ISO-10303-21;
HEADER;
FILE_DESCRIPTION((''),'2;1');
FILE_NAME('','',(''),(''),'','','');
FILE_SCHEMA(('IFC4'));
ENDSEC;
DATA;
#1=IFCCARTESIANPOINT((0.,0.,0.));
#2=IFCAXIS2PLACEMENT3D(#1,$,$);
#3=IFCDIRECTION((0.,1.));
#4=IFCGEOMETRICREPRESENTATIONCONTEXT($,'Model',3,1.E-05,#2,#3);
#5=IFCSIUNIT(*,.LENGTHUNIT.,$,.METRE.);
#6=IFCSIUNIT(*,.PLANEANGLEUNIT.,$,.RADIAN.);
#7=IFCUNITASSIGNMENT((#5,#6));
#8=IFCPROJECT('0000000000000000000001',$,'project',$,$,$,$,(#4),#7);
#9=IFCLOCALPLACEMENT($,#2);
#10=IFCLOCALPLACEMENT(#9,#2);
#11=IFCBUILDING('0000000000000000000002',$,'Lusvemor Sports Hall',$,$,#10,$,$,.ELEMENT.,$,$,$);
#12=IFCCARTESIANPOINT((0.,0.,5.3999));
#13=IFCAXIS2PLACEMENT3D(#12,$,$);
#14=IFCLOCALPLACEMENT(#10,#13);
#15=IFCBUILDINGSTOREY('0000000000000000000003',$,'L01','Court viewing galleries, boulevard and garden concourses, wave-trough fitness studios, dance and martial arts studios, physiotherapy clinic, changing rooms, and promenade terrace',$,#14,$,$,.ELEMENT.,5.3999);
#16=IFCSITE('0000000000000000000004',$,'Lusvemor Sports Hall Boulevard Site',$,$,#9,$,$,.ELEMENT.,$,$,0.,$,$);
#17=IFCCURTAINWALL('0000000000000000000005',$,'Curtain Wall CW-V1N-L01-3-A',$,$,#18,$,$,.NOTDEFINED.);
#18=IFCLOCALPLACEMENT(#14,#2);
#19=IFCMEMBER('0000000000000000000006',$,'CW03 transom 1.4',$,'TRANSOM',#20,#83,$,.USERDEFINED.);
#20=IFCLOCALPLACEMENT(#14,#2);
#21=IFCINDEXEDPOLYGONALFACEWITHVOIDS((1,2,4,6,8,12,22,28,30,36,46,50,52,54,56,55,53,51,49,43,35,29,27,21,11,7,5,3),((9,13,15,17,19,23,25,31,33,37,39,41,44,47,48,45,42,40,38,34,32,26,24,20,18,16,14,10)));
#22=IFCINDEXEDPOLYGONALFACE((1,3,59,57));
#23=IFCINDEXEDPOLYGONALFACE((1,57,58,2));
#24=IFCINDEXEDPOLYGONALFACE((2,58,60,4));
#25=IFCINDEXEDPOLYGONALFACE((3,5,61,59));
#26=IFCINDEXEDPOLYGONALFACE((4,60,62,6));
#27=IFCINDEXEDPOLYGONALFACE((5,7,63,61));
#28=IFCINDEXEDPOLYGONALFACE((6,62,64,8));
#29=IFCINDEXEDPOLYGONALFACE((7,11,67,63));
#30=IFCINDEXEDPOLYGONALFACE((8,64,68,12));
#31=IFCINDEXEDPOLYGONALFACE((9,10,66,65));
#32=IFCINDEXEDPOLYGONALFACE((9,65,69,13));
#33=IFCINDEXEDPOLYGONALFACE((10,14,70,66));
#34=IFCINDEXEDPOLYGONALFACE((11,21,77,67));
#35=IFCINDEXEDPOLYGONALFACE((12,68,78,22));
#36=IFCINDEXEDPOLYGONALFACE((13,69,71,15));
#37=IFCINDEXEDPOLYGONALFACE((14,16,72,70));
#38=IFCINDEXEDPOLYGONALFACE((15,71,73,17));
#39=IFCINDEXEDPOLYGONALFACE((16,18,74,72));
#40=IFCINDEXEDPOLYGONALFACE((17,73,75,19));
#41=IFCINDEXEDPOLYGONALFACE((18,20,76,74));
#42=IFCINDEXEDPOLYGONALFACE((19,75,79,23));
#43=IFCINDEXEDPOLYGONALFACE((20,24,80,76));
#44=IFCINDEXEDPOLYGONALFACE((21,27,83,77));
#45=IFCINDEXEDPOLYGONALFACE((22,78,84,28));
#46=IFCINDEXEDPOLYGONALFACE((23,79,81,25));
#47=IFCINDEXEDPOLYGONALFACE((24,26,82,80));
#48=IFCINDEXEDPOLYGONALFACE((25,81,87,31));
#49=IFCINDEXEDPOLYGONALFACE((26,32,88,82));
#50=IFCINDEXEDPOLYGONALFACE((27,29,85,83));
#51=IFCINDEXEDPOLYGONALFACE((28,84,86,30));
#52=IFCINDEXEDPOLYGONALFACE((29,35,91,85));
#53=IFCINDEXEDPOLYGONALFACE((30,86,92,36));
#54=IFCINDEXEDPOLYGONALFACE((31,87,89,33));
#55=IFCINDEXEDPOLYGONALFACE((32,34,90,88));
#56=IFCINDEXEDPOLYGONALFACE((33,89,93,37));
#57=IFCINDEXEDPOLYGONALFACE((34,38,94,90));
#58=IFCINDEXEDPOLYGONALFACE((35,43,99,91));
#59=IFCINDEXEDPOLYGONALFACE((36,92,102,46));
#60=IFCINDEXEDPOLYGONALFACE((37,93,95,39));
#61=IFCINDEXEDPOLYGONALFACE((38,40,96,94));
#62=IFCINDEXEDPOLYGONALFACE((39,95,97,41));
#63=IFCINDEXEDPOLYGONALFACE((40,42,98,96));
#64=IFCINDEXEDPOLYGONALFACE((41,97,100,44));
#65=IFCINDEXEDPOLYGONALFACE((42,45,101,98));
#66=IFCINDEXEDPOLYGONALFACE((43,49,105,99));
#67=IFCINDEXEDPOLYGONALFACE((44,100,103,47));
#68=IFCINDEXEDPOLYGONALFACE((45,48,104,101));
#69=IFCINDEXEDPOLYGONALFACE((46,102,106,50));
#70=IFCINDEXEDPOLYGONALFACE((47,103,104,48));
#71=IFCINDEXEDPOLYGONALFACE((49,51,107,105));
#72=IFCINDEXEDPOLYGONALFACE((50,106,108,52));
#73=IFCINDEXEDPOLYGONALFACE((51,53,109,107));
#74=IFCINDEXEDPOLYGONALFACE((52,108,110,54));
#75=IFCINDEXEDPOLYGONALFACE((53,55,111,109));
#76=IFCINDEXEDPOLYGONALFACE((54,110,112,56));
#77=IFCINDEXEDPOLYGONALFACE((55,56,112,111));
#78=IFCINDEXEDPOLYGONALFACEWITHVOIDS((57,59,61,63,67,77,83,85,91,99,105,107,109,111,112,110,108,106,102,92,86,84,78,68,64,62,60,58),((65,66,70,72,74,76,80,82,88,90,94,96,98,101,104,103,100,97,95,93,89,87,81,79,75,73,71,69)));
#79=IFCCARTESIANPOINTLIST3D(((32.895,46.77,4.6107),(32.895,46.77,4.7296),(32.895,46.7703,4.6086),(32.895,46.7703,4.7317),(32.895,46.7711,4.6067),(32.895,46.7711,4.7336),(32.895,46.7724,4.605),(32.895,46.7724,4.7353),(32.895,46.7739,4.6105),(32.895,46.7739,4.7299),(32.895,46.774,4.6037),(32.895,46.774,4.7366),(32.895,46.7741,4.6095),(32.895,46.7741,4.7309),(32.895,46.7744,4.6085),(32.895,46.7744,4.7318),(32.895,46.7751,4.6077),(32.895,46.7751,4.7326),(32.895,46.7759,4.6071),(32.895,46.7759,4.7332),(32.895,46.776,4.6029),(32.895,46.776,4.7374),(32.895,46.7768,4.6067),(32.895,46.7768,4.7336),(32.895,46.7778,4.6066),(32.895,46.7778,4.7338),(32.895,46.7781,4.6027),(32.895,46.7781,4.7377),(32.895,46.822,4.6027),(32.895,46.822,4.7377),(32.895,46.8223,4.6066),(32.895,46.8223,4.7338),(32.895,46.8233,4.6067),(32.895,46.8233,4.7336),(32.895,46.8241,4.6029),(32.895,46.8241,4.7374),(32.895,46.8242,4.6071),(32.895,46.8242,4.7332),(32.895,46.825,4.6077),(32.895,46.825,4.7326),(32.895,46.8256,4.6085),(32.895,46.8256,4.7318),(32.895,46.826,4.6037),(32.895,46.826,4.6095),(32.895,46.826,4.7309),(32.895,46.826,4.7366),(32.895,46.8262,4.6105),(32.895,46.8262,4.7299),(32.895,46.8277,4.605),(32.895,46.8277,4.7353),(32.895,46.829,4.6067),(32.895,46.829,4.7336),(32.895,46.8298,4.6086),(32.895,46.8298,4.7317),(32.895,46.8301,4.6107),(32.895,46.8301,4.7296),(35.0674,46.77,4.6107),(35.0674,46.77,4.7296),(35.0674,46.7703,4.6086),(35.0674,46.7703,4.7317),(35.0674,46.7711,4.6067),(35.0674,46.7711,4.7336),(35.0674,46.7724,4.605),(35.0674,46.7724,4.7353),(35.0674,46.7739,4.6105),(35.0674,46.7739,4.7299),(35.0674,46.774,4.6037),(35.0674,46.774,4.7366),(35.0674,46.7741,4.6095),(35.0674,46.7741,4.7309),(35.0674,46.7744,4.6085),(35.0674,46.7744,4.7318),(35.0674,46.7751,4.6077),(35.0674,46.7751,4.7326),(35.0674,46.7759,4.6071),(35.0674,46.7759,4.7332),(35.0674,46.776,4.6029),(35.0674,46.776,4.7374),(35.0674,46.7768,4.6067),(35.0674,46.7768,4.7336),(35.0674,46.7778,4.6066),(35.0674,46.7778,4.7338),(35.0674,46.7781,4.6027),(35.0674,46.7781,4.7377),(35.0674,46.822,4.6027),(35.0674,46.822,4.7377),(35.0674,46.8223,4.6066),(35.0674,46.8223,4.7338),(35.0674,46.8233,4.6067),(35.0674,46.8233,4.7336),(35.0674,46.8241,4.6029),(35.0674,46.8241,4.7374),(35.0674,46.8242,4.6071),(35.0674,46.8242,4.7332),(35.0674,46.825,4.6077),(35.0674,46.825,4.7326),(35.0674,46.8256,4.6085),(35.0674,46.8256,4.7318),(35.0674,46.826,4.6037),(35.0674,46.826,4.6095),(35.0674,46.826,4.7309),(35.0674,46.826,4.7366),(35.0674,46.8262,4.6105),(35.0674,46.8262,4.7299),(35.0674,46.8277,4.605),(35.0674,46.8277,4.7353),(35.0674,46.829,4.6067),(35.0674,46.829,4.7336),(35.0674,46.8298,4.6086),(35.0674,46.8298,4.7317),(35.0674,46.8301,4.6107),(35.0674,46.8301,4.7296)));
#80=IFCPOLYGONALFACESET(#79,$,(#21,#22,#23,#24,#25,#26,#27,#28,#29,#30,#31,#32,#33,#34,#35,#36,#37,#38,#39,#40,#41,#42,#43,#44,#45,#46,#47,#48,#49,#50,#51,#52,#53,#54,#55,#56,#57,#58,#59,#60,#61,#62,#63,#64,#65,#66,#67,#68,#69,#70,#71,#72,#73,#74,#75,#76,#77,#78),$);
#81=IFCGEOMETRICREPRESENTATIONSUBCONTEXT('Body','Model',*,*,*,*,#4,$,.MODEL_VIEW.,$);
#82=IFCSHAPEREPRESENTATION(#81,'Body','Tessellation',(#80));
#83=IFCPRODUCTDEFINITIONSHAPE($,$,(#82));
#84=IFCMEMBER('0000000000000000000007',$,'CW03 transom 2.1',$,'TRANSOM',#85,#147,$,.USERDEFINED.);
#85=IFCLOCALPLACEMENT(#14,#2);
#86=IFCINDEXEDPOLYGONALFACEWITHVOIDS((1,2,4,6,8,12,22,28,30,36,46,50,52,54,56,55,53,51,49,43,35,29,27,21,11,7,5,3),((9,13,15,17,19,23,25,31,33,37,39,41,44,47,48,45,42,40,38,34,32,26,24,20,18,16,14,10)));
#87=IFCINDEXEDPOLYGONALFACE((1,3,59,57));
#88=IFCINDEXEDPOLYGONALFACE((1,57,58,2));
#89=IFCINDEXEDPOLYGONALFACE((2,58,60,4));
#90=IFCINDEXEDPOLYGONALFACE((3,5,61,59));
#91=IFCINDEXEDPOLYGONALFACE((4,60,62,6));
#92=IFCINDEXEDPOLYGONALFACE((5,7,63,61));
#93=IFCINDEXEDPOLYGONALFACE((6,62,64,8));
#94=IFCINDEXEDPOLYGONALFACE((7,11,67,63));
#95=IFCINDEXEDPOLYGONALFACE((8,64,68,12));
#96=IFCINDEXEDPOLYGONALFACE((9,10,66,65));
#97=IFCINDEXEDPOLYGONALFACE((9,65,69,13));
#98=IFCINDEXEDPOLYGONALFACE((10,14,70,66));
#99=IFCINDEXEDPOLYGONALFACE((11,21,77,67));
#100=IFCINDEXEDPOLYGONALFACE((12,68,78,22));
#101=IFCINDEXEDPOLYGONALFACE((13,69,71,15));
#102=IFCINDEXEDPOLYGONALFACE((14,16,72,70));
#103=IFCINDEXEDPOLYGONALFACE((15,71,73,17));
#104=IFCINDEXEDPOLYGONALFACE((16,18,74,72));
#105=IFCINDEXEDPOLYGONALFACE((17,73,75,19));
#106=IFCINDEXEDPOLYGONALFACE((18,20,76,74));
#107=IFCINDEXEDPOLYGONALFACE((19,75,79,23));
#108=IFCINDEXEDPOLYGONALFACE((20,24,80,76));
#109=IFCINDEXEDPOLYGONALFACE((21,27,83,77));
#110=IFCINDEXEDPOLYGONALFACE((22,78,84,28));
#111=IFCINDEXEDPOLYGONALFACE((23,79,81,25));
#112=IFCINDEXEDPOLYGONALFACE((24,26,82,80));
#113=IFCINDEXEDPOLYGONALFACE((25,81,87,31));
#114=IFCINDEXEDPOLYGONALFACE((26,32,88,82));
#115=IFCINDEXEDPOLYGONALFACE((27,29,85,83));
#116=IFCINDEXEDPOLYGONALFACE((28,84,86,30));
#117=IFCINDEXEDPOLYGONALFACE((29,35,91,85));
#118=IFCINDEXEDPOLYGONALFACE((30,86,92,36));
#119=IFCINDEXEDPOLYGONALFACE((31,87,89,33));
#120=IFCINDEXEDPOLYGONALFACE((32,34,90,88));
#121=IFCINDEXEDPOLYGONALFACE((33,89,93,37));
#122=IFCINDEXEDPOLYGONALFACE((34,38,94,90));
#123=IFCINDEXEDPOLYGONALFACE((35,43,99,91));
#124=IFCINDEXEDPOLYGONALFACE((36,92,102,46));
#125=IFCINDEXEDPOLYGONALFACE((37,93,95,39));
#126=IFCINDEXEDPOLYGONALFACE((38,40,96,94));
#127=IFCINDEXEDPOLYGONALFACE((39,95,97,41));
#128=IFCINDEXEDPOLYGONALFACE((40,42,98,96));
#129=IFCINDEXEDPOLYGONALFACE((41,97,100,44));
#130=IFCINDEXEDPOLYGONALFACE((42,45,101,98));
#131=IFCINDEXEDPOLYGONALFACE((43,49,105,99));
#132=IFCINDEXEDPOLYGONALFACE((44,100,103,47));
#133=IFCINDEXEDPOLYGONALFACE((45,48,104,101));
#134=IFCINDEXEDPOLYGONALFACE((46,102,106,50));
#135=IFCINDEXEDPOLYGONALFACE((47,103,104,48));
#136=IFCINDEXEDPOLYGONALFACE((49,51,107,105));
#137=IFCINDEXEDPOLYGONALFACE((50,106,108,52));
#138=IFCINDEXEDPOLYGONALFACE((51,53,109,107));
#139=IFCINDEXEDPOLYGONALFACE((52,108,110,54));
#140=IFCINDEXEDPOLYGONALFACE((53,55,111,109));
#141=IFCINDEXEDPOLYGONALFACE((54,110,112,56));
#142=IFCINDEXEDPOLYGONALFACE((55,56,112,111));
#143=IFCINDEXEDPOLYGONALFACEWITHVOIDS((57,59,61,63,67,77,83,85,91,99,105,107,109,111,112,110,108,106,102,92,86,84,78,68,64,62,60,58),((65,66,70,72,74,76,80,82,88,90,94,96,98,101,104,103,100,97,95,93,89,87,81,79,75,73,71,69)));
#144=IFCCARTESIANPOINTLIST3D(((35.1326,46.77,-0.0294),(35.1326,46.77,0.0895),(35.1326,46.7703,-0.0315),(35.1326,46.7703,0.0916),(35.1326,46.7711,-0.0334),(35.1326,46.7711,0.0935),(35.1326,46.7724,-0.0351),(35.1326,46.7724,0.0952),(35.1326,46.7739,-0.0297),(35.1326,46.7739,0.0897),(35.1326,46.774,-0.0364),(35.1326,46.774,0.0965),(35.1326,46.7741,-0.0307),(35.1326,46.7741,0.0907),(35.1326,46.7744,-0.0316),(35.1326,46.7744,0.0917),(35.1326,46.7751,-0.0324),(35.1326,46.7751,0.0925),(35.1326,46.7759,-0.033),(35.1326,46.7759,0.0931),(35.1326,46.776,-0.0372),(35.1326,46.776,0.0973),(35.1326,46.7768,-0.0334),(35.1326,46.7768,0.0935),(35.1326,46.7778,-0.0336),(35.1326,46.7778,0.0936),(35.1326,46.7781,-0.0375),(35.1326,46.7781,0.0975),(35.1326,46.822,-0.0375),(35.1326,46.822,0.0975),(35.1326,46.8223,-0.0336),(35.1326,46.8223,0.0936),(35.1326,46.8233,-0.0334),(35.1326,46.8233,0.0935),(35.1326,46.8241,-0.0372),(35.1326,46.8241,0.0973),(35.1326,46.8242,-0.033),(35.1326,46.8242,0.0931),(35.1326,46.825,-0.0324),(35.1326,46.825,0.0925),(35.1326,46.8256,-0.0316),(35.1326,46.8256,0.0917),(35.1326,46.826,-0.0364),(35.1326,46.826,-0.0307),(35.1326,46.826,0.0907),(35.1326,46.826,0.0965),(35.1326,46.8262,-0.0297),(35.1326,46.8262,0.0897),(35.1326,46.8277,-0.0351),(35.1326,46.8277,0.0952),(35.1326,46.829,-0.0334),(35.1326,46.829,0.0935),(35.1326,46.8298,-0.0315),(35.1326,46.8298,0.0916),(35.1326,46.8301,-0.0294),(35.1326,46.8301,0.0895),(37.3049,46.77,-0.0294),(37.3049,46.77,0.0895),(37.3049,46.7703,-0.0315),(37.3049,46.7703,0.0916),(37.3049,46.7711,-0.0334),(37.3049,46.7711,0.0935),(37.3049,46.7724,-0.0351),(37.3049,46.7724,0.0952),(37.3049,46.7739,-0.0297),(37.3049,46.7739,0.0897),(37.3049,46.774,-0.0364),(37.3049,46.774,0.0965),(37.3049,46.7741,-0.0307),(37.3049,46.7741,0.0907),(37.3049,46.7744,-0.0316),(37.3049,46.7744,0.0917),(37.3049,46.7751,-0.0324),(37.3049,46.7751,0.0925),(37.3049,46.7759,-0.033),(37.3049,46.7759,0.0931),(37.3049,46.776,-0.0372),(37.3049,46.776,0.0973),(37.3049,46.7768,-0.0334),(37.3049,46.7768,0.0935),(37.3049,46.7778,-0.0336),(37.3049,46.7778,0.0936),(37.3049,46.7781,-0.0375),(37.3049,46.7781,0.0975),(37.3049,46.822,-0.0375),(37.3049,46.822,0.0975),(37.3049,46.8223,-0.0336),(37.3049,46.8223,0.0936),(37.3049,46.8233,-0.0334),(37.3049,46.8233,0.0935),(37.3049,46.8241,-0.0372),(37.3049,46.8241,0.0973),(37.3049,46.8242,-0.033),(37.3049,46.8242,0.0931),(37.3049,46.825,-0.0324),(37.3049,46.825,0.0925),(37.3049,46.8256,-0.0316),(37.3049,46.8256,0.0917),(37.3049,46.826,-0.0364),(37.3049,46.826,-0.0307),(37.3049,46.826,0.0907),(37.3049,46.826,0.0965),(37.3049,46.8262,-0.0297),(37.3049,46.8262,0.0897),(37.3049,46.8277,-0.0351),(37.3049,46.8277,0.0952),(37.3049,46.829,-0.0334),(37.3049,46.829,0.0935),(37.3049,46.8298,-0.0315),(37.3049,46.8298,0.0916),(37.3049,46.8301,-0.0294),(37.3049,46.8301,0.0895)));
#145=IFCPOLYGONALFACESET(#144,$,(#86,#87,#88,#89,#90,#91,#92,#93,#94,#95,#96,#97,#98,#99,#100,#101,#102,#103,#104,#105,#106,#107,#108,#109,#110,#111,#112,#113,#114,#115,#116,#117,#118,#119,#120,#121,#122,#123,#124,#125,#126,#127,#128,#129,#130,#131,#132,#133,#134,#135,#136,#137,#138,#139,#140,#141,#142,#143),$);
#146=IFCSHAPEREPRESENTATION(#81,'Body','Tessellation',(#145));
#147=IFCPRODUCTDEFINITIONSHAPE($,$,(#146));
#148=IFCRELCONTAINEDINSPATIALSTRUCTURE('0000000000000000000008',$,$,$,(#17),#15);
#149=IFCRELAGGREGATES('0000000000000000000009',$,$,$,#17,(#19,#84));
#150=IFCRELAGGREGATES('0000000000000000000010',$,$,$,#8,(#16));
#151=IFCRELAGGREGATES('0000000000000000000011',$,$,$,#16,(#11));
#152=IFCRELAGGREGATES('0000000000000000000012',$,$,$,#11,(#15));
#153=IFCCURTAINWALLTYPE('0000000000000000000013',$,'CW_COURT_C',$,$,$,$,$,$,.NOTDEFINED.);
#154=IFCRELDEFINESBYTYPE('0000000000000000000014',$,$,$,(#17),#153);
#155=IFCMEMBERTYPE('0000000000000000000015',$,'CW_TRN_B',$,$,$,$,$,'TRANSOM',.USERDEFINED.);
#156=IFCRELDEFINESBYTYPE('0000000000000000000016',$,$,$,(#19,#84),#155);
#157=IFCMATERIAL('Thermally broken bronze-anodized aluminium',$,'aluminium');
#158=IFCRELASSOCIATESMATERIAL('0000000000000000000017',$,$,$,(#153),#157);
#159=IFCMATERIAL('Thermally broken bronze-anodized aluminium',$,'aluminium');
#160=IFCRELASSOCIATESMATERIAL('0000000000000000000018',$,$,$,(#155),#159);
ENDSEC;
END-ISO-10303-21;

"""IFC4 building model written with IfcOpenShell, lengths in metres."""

from ifc_helpers import new_model, si_unit, direction, frame, origin, origin_2d, place, context, subcontext, project, spatial, hollow_rectangle, extrude, material, material_profile, profile_set, type_object, element, aggregate, save


model = new_model("IFC4")

# Units and contexts
model_context = context("Model", 3, precision=1e-05, world=origin(), true_north=direction((0.0, 1.0)))
body_context = subcontext(model_context, "Body", "Model", "MODEL_VIEW")
ifc_project = project(units=[si_unit("LENGTHUNIT", "METRE"), si_unit("PLANEANGLEUNIT", "RADIAN")], contexts=[model_context])

# Site, building, storey
site_placement = place(None, origin())
site = spatial("IfcSite", under=ifc_project, at=site_placement, Name="Lusvemor Sports Hall Boulevard Site", CompositionType="ELEMENT", RefElevation=0.0)
building_placement = place(site_placement, origin())
building = spatial("IfcBuilding", under=site, at=building_placement, Name="Lusvemor Sports Hall", CompositionType="ELEMENT")
storey_placement = place(building_placement, frame((0.0, 0.0, 5.3999)))
storey = spatial("IfcBuildingStorey", under=building, at=storey_placement, Name="L01", Description="Court viewing galleries, boulevard and garden concourses, wave-trough fitness studios, dance and martial arts studios, physiotherapy clinic, changing rooms, and promenade terrace", CompositionType="ELEMENT", Elevation=5.3999)

# Shared definitions
ifc_material_1 = material(Name="Thermally broken bronze-anodized aluminium", Category="aluminium")
curtain_wall_type = type_object("IfcCurtainWallType", Name="CW_COURT_C", PredefinedType="NOTDEFINED", material=ifc_material_1)

# Curtain wall
curtain_wall_1_placement = place(storey_placement, origin())
curtain_wall_1 = element("IfcCurtainWall", 1, at=curtain_wall_1_placement, inside=storey, type_object=curtain_wall_type, Name="Curtain Wall CW-V1N-L01-3-A", PredefinedType="NOTDEFINED")

# Members
ifc_material_2 = material(Name="Thermally broken bronze-anodized aluminium", Category="aluminium")
ifc_material_profile_1 = material_profile(ifc_material_2, hollow_rectangle(XDim=0.0601, YDim=0.135, WallThickness=0.0039, InnerFilletRadius=0.0039, OuterFilletRadius=0.0081, at=origin_2d()), Name="CWTRN135x60x4")
ifc_profile_set_1 = profile_set([ifc_material_profile_1], Name="Thermally broken bronze-anodized aluminium")
member_type_1 = type_object("IfcMemberType", Name="CW_TRN_B", ElementType="TRANSOM", PredefinedType="USERDEFINED", material=ifc_profile_set_1)
member_1_placement = place(storey_placement, frame((32.895, 46.8, 4.6702), z_axis=(1.0, 0.0, 0.0), x_axis=(0.0, 1.0, 0.0)))
member_1 = element("IfcMember", 2, at=member_1_placement, type_object=member_type_1, Name="CW03 transom 1.4", ObjectType="TRANSOM", PredefinedType="USERDEFINED", context=body_context, shape_type="SweptSolid", body=[
    extrude(hollow_rectangle(XDim=0.0601, YDim=0.135, WallThickness=0.0039, InnerFilletRadius=0.0039, OuterFilletRadius=0.0081, at=origin_2d()), origin(), (0.0, 0.0, 1.0), 2.1724),
])
member_2_placement = place(storey_placement, frame((35.1326, 46.8, 0.03), z_axis=(1.0, 0.0, 0.0), x_axis=(0.0, 1.0, 0.0)))
member_2 = element("IfcMember", 3, at=member_2_placement, type_object=member_type_1, Name="CW03 transom 2.1", ObjectType="TRANSOM", PredefinedType="USERDEFINED", context=body_context, shape_type="SweptSolid", body=[
    extrude(hollow_rectangle(XDim=0.0601, YDim=0.135, WallThickness=0.0039, InnerFilletRadius=0.0039, OuterFilletRadius=0.0081, at=origin_2d()), origin(), (0.0, 0.0, 1.0), 2.1724),
])

aggregate(curtain_wall_1, [member_1, member_2])

save(model, "model.ifc")
